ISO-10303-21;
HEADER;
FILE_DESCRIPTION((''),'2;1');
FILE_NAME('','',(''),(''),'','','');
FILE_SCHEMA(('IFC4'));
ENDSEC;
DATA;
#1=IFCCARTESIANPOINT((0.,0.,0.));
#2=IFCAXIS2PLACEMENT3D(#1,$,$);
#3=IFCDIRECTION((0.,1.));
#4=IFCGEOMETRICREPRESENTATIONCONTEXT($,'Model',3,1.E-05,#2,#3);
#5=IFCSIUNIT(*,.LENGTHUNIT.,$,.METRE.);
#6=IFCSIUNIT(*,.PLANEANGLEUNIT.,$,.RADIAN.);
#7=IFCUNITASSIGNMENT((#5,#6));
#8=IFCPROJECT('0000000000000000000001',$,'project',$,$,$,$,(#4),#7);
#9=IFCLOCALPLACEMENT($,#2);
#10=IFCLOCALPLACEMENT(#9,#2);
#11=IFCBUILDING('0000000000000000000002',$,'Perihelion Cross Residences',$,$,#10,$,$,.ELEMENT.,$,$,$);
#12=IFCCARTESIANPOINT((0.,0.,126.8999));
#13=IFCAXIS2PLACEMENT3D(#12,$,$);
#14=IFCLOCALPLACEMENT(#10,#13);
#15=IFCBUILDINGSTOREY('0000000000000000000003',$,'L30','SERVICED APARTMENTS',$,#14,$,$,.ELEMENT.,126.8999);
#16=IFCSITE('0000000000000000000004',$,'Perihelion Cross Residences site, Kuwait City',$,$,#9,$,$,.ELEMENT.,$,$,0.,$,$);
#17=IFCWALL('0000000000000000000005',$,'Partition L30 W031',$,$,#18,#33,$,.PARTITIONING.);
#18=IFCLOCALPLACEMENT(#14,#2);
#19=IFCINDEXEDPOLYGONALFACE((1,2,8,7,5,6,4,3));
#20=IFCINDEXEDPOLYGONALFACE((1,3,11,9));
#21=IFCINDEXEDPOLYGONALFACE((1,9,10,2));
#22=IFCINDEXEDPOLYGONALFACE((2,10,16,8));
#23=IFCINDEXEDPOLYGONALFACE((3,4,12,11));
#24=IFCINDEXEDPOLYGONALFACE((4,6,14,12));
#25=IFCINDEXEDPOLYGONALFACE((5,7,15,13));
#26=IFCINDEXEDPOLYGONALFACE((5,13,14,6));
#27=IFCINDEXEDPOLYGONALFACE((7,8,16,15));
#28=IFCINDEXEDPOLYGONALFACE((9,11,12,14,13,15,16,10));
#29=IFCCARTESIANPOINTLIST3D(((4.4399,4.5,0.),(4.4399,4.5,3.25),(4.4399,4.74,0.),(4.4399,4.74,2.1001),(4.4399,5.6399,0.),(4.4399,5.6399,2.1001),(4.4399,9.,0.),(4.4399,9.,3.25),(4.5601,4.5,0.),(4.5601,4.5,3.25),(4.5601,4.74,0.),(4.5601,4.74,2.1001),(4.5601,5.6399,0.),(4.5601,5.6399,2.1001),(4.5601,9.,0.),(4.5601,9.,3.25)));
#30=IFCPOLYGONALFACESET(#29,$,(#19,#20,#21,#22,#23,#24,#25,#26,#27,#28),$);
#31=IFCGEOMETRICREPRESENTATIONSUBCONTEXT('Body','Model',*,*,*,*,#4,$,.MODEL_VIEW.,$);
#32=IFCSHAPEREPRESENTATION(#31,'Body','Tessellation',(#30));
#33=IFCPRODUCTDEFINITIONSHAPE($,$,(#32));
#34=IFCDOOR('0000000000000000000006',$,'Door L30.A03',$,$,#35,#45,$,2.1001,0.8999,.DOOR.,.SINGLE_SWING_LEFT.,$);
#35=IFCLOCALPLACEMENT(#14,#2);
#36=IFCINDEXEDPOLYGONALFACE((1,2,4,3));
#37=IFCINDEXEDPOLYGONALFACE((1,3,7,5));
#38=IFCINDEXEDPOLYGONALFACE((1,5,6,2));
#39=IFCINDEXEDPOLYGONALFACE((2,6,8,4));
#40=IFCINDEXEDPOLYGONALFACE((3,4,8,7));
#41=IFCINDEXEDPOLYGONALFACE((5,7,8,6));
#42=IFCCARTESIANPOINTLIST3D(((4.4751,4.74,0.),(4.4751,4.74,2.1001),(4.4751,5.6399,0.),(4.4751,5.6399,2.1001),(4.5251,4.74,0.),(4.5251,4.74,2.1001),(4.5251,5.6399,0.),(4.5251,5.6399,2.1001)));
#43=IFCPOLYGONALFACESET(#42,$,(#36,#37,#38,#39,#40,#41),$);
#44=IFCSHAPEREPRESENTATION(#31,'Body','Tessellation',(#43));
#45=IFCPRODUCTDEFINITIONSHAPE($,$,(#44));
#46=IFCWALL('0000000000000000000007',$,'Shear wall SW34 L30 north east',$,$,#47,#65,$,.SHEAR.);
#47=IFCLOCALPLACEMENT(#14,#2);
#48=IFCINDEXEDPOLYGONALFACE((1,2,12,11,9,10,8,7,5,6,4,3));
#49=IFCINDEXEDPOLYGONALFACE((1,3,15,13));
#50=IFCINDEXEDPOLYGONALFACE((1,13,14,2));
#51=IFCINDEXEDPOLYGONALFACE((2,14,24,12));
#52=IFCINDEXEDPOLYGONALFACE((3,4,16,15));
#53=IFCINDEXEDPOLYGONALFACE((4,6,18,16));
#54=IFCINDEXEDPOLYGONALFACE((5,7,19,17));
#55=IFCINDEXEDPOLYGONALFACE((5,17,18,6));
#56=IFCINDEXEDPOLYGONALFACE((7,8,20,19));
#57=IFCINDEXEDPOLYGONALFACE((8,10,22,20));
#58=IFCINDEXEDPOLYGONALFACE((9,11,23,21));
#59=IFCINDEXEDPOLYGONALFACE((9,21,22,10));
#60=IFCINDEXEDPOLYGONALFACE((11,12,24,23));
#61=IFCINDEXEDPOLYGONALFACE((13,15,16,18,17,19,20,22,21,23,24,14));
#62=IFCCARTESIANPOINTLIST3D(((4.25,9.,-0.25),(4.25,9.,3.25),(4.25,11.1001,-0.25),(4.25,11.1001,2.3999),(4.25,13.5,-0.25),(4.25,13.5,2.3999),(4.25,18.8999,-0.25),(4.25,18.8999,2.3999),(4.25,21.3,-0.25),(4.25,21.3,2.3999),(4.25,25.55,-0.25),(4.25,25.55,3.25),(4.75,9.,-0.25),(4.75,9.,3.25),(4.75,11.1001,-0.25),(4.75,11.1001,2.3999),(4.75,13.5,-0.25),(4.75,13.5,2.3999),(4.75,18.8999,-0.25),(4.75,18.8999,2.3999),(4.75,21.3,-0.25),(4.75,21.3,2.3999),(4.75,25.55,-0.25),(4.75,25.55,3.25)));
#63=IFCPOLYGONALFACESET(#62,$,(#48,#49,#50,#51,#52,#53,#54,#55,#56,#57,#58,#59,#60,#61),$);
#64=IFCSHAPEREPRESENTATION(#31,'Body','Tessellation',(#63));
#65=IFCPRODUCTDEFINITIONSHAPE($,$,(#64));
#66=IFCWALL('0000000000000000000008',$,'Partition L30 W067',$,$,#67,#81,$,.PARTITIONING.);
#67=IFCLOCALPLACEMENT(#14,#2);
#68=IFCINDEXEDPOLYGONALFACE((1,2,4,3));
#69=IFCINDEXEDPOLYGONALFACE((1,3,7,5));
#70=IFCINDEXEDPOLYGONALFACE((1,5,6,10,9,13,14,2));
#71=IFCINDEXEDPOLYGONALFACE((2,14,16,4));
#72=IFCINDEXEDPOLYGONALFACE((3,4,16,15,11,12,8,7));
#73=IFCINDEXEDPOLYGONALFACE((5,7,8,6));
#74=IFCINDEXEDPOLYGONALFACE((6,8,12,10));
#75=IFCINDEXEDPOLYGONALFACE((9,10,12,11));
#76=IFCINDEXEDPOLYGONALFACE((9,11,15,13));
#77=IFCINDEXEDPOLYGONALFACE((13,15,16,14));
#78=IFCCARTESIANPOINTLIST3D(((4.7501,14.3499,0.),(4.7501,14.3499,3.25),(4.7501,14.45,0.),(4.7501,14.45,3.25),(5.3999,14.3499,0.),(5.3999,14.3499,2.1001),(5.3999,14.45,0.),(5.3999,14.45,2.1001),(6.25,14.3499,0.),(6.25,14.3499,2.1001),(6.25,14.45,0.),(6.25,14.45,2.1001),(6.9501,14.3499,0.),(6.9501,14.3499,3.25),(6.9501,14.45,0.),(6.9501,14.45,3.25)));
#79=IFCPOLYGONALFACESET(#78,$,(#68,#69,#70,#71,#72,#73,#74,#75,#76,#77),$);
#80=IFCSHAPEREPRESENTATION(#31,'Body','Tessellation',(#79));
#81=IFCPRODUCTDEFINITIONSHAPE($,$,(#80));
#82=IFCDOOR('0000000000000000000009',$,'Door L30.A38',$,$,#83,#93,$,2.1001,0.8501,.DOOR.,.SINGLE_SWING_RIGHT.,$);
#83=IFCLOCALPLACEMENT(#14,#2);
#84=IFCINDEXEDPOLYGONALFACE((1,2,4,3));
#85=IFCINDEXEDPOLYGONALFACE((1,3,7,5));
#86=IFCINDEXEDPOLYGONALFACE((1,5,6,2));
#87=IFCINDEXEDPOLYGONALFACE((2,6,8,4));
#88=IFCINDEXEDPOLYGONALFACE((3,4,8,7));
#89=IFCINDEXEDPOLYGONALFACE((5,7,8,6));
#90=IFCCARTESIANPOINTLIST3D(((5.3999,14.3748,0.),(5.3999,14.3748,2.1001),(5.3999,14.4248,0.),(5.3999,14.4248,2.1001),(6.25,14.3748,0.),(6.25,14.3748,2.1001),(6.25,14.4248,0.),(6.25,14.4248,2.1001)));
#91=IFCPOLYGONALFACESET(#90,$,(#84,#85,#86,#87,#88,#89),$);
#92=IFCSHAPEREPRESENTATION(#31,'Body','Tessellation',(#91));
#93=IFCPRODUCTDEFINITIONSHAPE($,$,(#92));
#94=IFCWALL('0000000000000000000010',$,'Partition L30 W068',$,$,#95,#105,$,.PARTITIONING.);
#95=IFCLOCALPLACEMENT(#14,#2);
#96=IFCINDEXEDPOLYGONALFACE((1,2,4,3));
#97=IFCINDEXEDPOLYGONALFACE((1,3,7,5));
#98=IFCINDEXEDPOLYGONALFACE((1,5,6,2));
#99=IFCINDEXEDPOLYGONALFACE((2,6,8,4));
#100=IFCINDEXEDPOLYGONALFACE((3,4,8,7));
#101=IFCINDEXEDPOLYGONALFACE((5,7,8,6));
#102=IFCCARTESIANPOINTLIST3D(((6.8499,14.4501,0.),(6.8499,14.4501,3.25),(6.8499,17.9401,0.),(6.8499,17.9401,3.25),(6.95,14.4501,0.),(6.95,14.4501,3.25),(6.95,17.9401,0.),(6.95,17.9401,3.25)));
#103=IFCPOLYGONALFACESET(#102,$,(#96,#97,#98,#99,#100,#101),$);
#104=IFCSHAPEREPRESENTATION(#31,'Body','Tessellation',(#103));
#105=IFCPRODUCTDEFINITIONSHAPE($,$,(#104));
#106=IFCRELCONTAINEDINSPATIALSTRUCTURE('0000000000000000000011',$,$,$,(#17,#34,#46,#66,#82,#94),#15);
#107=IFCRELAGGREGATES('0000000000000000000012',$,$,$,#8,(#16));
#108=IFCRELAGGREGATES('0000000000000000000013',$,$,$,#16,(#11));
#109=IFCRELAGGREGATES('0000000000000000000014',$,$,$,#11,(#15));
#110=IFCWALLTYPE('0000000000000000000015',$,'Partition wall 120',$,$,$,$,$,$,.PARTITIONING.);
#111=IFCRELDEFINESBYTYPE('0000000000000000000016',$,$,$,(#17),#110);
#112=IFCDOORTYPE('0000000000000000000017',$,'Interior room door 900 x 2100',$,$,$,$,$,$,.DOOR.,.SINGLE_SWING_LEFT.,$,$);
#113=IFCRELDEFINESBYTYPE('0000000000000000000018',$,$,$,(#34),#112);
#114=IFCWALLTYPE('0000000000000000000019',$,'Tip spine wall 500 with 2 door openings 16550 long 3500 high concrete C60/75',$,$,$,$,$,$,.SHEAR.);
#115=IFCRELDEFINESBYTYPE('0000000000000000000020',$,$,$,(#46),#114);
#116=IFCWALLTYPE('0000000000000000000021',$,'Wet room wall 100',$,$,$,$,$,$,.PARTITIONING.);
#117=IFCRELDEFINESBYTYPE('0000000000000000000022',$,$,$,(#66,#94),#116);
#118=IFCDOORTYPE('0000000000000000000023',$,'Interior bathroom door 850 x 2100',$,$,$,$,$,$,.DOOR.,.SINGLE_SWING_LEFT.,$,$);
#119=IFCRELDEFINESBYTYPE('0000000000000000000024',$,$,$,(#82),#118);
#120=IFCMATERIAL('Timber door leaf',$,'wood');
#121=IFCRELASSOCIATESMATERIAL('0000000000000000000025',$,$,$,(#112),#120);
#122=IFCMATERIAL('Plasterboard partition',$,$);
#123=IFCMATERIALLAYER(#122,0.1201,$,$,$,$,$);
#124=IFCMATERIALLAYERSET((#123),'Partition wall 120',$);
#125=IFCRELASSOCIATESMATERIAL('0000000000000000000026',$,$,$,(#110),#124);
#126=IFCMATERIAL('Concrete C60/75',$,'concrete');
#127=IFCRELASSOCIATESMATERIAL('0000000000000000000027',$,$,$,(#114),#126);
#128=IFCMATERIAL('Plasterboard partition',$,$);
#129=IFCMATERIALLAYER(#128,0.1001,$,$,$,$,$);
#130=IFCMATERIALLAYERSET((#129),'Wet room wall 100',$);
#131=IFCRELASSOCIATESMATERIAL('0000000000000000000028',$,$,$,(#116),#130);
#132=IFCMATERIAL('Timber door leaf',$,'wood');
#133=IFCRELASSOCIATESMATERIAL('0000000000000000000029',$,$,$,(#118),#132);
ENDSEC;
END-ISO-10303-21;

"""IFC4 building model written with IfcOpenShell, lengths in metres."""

from ifc_helpers import new_model, si_unit, direction, frame, frame_2d, origin, place, context, subcontext, project, spatial, polyline, rectangle, outline, extrude, material, layer, layer_set, material_profile, profile_set, type_object, element, fill, save


model = new_model("IFC4")

# Units and contexts
model_context = context("Model", 3, precision=1e-05, world=origin(), true_north=direction((0.0, 1.0)))
body_context = subcontext(model_context, "Body", "Model", "MODEL_VIEW")
ifc_project = project(units=[si_unit("LENGTHUNIT", "METRE"), si_unit("PLANEANGLEUNIT", "RADIAN")], contexts=[model_context])

# Site, building, storey
site_placement = place(None, origin())
site = spatial("IfcSite", under=ifc_project, at=site_placement, Name="Perihelion Cross Residences site, Kuwait City", CompositionType="ELEMENT", RefElevation=0.0)
building_placement = place(site_placement, origin())
building = spatial("IfcBuilding", under=site, at=building_placement, Name="Perihelion Cross Residences", CompositionType="ELEMENT")
storey_placement = place(building_placement, frame((0.0, 0.0, 126.8999)))
storey = spatial("IfcBuildingStorey", under=building, at=storey_placement, Name="L30", Description="SERVICED APARTMENTS", CompositionType="ELEMENT", Elevation=126.8999)

# Shared definitions
ifc_material_1 = material(Name="Timber door leaf", Category="wood")
door_type_1 = type_object("IfcDoorType", Name="Interior room door 900 x 2100", OperationType="SINGLE_SWING_LEFT", PredefinedType="DOOR", material=ifc_material_1)
ifc_material_2 = material(Name="Plasterboard partition")
ifc_layer_1 = layer(ifc_material_2, 0.1201)
ifc_layer_set_1 = layer_set([ifc_layer_1], Name="Partition wall 120")
wall_type_1 = type_object("IfcWallType", Name="Partition wall 120", PredefinedType="PARTITIONING", material=ifc_layer_set_1)

# Wall, opening, door
wall_1_placement = place(storey_placement, frame((4.5, 4.5, 0.0), z_axis=(0.0, 0.0, 1.0), x_axis=(0.0, 1.0, 0.0)))
wall_1 = element("IfcWall", 1, at=wall_1_placement, inside=storey, type_object=wall_type_1, Name="Partition L30 W031", PredefinedType="PARTITIONING", context=body_context, shape_type="SweptSolid", body=[
    extrude(rectangle(XDim=4.5, YDim=0.1201, at=frame_2d((2.25, 0.0))), origin(), (0.0, 0.0, 1.0), 3.25),
])
opening_1_placement = place(wall_1_placement, frame((0.24, 0.0, 0.0)))
opening_1 = element("IfcOpeningElement", 2, at=opening_1_placement, cuts=wall_1, PredefinedType="OPENING", context=body_context, shape_type="SweptSolid", body=[
    extrude(rectangle(XDim=0.8999, YDim=2.1001, at=frame_2d((0.45, 1.05))), frame((0.0, 0.0701, 0.0), z_axis=(0.0, -1.0, 0.0), x_axis=(1.0, 0.0, 0.0)), (0.0, 0.0, 1.0), 0.1401),
])
door_1_placement = place(opening_1_placement, origin())
door_1 = element("IfcDoor", 3, at=door_1_placement, inside=storey, type_object=door_type_1, Name="Door L30.A03", OperationType="SINGLE_SWING_LEFT", OverallHeight=2.1001, OverallWidth=0.8999, PredefinedType="DOOR", context=body_context, shape_type="SweptSolid", body=[
    extrude(rectangle(XDim=0.8999, YDim=2.1001, at=frame_2d((0.45, 1.05))), frame((0.0, 0.0249, 0.0), z_axis=(0.0, -1.0, 0.0), x_axis=(1.0, 0.0, 0.0)), (0.0, 0.0, 1.0), 0.05),
])
fill(opening_1, door_1)

# Wall
ifc_material_3 = material(Name="Concrete C60/75", Category="concrete")
ifc_material_profile_1 = material_profile(ifc_material_3, outline(polyline([(0.0, 0.0), (2.1001, 0.0), (2.1001, 2.6499), (4.5, 2.6499), (4.5, 0.0), (9.8999, 0.0), (9.8999, 2.6499), (12.3, 2.6499), (12.3, 0.0), (16.55, 0.0), (16.55, 3.5), (0.0, 3.5), (0.0, 0.0)])), Name="Tip spine wall")
ifc_profile_set_1 = profile_set([ifc_material_profile_1], Name="Concrete C60/75")
wall_type_2 = type_object("IfcWallType", Name="Tip spine wall 500 with 2 door openings 16550 long 3500 high concrete C60/75", PredefinedType="SHEAR", material=ifc_profile_set_1)
wall_2_placement = place(storey_placement, frame((4.25, 9.0, -0.25), z_axis=(1.0, 0.0, 0.0), x_axis=(0.0, 1.0, 0.0)))
element("IfcWall", 4, at=wall_2_placement, inside=storey, type_object=wall_type_2, Name="Shear wall SW34 L30 north east", PredefinedType="SHEAR", context=body_context, shape_type="SweptSolid", body=[
    extrude(outline(polyline([(0.0, 0.0), (2.1001, 0.0), (2.1001, 2.6499), (4.5, 2.6499), (4.5, 0.0), (9.8999, 0.0), (9.8999, 2.6499), (12.3, 2.6499), (12.3, 0.0), (16.55, 0.0), (16.55, 3.5), (0.0, 3.5), (0.0, 0.0)])), origin(), (0.0, 0.0, 1.0), 0.5),
])

# Wall, opening, door
ifc_material_4 = material(Name="Plasterboard partition")
ifc_layer_2 = layer(ifc_material_4, 0.1001)
ifc_layer_set_2 = layer_set([ifc_layer_2], Name="Wet room wall 100")
wall_type_3 = type_object("IfcWallType", Name="Wet room wall 100", PredefinedType="PARTITIONING", material=ifc_layer_set_2)
wall_3_placement = place(storey_placement, frame((4.75, 14.3999, 0.0), z_axis=(0.0, 0.0, 1.0), x_axis=(1.0, 0.0, 0.0)))
wall_3 = element("IfcWall", 5, at=wall_3_placement, inside=storey, type_object=wall_type_3, Name="Partition L30 W067", PredefinedType="PARTITIONING", context=body_context, shape_type="SweptSolid", body=[
    extrude(rectangle(XDim=2.2, YDim=0.1001, at=frame_2d((1.1001, 0.0))), origin(), (0.0, 0.0, 1.0), 3.25),
])
opening_2_placement = place(wall_3_placement, frame((0.6499, 0.0, 0.0)))
opening_2 = element("IfcOpeningElement", 6, at=opening_2_placement, cuts=wall_3, PredefinedType="OPENING", context=body_context, shape_type="SweptSolid", body=[
    extrude(rectangle(XDim=0.8501, YDim=2.1001, at=frame_2d((0.425, 1.05))), frame((0.0, 0.0601, 0.0), z_axis=(0.0, -1.0, 0.0), x_axis=(1.0, 0.0, 0.0)), (0.0, 0.0, 1.0), 0.1201),
])
ifc_material_5 = material(Name="Timber door leaf", Category="wood")
door_type_2 = type_object("IfcDoorType", Name="Interior bathroom door 850 x 2100", OperationType="SINGLE_SWING_LEFT", PredefinedType="DOOR", material=ifc_material_5)
door_2_placement = place(opening_2_placement, origin())
door_2 = element("IfcDoor", 7, at=door_2_placement, inside=storey, type_object=door_type_2, Name="Door L30.A38", OperationType="SINGLE_SWING_RIGHT", OverallHeight=2.1001, OverallWidth=0.8501, PredefinedType="DOOR", context=body_context, shape_type="SweptSolid", body=[
    extrude(rectangle(XDim=0.8501, YDim=2.1001, at=frame_2d((0.425, 1.05))), frame((0.0, 0.0249, 0.0), z_axis=(0.0, -1.0, 0.0), x_axis=(1.0, 0.0, 0.0)), (0.0, 0.0, 1.0), 0.05),
])
fill(opening_2, door_2)

# Wall
wall_4_placement = place(storey_placement, frame((6.8999, 14.45, 0.0), z_axis=(0.0, 0.0, 1.0), x_axis=(0.0, 1.0, 0.0)))
element("IfcWall", 8, at=wall_4_placement, inside=storey, type_object=wall_type_3, Name="Partition L30 W068", PredefinedType="PARTITIONING", context=body_context, shape_type="SweptSolid", body=[
    extrude(rectangle(XDim=3.49, YDim=0.1001, at=frame_2d((1.7451, 0.0))), origin(), (0.0, 0.0, 1.0), 3.25),
])

save(model, "model.ifc")
